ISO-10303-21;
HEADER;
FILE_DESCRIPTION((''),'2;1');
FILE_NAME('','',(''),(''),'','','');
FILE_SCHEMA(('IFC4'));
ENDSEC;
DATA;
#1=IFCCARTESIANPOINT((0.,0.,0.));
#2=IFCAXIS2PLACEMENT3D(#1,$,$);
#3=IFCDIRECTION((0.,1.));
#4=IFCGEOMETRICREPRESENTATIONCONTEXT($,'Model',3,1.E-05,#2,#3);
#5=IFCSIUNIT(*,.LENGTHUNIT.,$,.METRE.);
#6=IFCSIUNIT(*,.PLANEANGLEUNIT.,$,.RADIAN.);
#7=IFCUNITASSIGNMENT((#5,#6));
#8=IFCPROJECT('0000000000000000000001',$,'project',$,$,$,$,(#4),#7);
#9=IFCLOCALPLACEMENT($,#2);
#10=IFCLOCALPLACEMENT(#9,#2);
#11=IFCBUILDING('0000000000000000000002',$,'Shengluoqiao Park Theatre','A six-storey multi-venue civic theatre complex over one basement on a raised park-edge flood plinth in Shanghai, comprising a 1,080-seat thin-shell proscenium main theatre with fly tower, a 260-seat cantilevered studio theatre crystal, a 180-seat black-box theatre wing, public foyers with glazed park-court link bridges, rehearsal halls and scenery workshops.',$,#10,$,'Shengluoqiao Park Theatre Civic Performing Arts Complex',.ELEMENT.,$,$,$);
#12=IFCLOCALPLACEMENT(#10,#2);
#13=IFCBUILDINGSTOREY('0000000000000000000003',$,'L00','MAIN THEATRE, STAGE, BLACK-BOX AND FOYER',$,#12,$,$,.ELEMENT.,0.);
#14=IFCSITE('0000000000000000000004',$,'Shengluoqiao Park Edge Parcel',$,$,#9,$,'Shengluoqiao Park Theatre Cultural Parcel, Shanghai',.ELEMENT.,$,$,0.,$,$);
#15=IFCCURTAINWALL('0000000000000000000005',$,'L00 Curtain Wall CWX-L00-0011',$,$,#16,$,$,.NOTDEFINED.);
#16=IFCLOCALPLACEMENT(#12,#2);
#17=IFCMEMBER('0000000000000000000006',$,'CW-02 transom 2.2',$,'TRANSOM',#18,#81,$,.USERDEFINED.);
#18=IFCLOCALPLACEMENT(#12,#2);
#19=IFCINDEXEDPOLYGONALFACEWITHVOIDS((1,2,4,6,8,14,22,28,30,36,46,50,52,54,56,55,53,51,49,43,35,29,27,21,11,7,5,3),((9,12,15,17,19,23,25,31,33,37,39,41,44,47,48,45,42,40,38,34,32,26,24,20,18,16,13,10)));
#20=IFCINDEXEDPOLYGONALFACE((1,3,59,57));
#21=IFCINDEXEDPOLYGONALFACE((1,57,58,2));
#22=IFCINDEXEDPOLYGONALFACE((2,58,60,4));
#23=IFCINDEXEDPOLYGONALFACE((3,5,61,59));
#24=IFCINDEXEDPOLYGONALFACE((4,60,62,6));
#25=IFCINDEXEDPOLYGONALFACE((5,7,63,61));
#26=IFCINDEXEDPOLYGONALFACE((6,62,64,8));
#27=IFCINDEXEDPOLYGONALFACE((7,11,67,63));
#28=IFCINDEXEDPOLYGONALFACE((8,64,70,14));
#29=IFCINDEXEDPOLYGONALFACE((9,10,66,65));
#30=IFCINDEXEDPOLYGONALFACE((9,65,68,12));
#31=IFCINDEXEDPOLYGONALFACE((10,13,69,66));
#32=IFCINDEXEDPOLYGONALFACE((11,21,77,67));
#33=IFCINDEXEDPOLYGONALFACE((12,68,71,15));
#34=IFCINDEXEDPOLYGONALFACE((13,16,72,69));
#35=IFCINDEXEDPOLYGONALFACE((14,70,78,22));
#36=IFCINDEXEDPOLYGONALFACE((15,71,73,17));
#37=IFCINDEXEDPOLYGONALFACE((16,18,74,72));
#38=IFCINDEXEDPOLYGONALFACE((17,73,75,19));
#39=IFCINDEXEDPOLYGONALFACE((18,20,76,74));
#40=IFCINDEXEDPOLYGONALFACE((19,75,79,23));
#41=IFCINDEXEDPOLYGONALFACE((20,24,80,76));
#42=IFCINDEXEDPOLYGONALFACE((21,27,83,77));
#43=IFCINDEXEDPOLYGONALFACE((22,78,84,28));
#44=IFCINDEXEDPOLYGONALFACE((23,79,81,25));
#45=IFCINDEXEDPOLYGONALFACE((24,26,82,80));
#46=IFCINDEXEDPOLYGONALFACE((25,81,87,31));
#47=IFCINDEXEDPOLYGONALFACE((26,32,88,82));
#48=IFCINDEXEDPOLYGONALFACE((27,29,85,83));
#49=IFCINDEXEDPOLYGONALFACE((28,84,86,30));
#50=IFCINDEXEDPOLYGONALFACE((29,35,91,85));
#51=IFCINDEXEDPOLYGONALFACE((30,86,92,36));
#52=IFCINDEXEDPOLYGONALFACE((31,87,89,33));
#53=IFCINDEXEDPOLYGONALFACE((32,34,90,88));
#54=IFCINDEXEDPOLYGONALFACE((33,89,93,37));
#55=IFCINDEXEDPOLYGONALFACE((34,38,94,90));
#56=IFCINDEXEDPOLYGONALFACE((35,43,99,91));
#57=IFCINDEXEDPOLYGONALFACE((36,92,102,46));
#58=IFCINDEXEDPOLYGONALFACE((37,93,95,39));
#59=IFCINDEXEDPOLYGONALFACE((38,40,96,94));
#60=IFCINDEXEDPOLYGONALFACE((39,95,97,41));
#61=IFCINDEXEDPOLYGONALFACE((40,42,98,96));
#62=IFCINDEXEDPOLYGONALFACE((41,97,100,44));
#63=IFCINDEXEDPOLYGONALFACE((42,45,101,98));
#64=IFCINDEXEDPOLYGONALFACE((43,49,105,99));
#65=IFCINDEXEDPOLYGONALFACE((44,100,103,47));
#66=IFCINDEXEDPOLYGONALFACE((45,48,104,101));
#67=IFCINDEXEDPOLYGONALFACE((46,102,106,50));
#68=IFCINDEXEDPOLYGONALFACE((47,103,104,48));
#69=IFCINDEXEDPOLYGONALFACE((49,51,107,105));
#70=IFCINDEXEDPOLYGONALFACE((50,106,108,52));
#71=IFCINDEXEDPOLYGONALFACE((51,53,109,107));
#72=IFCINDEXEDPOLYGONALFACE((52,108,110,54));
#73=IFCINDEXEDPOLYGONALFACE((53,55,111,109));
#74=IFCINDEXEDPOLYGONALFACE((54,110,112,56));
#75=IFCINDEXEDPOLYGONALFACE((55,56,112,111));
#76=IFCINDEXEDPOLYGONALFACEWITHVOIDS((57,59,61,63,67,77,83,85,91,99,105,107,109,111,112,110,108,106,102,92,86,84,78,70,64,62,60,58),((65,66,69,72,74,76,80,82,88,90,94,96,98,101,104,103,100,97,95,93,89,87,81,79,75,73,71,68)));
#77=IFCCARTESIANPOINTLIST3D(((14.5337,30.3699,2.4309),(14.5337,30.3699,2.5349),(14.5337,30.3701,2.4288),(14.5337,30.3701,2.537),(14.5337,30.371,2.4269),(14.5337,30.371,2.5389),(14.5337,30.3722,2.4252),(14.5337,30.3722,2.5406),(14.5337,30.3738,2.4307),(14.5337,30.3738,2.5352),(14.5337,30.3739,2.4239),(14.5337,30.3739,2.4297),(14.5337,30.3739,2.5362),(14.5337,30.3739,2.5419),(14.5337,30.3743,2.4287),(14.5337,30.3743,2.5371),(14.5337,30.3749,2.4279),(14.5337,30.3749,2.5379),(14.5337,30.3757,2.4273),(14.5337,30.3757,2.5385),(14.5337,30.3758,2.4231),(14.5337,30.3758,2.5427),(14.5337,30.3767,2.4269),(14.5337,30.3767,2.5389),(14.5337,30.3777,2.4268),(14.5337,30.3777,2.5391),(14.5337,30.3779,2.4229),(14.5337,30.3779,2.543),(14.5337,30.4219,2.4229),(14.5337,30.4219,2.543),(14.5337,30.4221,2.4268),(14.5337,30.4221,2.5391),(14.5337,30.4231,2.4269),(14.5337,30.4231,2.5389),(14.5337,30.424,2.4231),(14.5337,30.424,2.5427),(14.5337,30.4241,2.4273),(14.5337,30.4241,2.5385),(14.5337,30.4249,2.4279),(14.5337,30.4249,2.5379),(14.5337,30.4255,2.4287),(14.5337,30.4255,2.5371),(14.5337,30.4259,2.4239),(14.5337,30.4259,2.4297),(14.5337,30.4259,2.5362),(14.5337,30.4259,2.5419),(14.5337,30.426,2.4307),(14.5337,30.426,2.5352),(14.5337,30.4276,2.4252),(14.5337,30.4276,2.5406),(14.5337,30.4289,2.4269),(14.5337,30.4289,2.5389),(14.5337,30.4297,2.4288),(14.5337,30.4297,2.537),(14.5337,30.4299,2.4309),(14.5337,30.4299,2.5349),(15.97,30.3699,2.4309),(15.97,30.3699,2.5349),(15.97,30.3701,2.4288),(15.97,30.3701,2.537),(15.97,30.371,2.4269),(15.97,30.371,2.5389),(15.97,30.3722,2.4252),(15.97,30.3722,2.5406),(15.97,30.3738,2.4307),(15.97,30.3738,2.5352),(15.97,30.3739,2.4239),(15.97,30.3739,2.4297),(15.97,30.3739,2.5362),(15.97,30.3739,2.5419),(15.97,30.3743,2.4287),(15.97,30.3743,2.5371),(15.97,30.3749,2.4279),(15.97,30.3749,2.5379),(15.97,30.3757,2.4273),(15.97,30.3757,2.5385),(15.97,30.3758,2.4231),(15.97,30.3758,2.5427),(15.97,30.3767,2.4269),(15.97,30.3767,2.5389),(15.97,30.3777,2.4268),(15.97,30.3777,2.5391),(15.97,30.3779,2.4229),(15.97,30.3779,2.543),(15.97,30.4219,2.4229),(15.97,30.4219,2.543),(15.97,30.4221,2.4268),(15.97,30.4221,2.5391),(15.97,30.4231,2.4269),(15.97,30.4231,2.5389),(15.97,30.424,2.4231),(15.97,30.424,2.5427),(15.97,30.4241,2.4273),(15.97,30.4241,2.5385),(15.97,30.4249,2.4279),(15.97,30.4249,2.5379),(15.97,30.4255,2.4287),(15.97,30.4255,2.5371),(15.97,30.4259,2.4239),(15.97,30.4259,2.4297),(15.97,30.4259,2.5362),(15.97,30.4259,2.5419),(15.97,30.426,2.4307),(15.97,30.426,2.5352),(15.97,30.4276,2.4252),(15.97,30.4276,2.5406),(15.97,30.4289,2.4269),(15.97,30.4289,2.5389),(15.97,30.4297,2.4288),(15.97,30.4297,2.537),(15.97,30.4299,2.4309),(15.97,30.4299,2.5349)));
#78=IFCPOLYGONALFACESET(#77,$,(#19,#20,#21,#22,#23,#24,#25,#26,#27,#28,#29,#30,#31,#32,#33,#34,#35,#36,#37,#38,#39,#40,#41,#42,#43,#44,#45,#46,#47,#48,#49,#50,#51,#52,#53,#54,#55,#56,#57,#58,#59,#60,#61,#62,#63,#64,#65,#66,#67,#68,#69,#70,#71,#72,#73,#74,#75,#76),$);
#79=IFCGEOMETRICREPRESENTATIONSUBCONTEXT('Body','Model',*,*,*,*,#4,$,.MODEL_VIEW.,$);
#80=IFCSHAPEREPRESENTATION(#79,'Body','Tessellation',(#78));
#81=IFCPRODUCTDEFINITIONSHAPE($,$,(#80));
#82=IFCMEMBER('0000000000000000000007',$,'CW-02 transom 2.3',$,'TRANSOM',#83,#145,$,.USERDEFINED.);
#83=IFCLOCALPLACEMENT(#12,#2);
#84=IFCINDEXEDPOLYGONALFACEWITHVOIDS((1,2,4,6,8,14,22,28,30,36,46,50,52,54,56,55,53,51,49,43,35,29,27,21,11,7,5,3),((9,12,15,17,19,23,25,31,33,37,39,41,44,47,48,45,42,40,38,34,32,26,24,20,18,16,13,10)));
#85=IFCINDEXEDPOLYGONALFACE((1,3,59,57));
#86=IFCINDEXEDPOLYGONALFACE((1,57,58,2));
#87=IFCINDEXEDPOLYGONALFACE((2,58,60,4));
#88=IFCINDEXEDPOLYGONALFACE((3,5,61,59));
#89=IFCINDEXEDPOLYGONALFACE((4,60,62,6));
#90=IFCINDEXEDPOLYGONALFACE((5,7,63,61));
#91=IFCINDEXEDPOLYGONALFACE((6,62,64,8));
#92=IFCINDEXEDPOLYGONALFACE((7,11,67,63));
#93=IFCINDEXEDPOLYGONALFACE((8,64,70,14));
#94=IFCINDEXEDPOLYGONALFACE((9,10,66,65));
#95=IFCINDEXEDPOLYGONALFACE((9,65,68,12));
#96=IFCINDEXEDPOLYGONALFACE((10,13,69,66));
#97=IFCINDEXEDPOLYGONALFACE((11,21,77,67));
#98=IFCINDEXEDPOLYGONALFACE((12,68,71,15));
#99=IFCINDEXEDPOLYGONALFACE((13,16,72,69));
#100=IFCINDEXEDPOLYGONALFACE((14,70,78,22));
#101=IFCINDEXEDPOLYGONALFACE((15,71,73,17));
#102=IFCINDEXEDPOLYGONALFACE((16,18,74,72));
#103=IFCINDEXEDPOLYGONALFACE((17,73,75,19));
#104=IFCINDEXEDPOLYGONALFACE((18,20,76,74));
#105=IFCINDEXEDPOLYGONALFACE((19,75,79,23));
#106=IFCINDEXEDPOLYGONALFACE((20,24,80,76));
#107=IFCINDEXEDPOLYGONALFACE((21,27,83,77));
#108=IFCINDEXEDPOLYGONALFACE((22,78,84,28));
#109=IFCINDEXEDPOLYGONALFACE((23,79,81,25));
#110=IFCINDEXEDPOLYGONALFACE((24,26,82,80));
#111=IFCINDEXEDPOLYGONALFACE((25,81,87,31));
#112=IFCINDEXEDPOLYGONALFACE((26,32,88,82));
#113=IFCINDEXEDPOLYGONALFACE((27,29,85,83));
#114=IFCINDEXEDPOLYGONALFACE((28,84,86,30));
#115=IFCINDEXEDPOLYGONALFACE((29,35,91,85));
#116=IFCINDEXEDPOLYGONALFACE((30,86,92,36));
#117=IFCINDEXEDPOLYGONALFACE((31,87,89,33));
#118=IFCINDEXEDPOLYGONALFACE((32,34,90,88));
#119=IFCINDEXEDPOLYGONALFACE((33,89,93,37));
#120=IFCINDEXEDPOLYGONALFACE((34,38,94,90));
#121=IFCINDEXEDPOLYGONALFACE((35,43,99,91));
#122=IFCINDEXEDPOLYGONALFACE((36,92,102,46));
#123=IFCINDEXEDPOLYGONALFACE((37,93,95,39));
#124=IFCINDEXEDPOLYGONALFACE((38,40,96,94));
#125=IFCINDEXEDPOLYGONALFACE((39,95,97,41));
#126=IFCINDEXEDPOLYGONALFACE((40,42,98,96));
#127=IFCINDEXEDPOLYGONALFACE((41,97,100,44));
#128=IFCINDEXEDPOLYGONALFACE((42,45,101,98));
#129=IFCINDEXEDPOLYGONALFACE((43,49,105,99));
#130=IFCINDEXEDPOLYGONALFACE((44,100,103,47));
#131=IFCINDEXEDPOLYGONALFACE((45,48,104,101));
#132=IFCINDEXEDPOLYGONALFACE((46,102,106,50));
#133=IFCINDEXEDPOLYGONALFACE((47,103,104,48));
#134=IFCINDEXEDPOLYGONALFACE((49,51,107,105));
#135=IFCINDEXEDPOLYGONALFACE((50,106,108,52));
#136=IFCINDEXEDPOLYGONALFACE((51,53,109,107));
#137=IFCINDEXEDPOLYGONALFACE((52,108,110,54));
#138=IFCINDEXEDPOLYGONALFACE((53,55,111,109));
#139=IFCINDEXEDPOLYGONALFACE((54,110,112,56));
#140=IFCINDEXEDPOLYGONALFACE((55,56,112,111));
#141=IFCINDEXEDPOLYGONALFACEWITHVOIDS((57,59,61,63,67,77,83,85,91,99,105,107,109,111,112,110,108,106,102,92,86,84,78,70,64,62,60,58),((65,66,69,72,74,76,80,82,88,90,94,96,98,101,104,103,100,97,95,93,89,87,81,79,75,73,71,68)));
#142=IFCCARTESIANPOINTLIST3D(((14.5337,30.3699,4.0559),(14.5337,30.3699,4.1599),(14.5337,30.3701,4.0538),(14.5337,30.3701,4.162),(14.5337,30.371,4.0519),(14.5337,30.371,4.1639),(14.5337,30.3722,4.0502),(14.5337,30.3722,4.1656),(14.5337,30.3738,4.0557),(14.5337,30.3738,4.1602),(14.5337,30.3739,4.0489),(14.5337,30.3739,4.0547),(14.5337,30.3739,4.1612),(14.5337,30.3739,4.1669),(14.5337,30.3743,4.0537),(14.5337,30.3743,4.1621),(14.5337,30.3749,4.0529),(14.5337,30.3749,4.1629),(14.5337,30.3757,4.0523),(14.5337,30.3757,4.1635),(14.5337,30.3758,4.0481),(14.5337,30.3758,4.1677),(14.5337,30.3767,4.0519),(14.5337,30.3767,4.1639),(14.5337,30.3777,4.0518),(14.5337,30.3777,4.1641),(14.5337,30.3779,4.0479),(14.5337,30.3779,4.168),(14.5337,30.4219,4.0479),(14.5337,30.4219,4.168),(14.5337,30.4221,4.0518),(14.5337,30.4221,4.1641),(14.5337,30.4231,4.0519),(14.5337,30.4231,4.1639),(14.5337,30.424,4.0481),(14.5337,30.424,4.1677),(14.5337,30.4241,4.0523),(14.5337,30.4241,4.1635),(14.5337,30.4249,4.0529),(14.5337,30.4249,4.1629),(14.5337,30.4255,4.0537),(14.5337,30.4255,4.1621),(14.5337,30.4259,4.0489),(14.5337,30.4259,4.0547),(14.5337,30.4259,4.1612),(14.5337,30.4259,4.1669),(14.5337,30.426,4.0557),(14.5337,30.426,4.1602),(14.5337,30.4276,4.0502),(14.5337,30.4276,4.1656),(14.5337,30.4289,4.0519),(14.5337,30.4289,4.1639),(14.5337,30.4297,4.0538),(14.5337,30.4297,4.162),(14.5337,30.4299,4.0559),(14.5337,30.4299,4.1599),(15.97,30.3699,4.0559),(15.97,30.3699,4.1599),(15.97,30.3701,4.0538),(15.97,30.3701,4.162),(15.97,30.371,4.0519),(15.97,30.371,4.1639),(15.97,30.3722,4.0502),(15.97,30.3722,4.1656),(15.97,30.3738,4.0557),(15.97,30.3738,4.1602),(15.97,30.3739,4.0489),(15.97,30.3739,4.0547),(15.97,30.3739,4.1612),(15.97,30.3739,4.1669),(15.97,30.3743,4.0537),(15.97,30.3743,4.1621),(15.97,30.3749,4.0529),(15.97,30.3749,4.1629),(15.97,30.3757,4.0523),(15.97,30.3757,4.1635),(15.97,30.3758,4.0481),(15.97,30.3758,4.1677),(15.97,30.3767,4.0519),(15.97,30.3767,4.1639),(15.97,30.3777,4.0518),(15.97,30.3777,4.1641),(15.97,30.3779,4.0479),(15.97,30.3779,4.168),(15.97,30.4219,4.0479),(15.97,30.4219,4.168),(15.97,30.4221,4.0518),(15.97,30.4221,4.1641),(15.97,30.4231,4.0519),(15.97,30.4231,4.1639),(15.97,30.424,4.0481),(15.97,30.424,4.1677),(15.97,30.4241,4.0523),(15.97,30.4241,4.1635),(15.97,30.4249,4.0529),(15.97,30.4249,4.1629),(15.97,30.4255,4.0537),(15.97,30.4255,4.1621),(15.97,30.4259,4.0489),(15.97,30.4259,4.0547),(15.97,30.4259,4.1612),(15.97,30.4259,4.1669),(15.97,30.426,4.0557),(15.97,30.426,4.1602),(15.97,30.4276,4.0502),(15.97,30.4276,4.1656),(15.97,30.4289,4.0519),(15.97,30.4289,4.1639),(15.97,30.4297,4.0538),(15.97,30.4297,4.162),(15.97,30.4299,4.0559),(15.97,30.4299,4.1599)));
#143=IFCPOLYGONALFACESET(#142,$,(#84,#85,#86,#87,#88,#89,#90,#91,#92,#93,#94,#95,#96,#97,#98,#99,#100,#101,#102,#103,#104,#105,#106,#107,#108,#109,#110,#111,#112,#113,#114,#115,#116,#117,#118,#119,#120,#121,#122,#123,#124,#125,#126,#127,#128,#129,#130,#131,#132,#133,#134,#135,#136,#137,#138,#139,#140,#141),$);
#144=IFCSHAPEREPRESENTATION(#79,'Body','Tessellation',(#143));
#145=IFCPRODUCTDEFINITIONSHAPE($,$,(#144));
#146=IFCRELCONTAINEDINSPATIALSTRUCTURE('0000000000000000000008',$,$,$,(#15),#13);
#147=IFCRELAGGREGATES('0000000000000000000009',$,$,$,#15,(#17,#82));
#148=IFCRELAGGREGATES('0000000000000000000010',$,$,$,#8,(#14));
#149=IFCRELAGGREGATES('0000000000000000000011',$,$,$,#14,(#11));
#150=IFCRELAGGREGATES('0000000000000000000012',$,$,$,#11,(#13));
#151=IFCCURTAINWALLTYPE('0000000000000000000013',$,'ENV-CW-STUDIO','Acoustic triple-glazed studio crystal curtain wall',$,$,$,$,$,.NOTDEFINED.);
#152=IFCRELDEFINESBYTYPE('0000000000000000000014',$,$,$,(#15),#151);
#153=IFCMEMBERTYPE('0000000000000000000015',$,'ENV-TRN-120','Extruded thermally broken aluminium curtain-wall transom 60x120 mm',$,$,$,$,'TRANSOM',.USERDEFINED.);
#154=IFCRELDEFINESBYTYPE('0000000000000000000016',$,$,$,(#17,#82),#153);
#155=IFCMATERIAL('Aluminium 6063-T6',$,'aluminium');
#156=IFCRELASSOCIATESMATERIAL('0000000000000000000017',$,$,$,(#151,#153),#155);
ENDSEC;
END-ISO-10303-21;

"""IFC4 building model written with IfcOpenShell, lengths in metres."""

from ifc_helpers import new_model, si_unit, direction, frame, origin, origin_2d, place, context, subcontext, project, spatial, hollow_rectangle, extrude, material, material_profile, profile_set, type_object, element, aggregate, save


model = new_model("IFC4")

# Units and contexts
model_context = context("Model", 3, precision=1e-05, world=origin(), true_north=direction((0.0, 1.0)))
body_context = subcontext(model_context, "Body", "Model", "MODEL_VIEW")
ifc_project = project(units=[si_unit("LENGTHUNIT", "METRE"), si_unit("PLANEANGLEUNIT", "RADIAN")], contexts=[model_context])

# Site, building, storey
site_placement = place(None, origin())
site = spatial("IfcSite", under=ifc_project, at=site_placement, Name="Shengluoqiao Park Edge Parcel", LongName="Shengluoqiao Park Theatre Cultural Parcel, Shanghai", CompositionType="ELEMENT", RefElevation=0.0)
building_placement = place(site_placement, origin())
building = spatial("IfcBuilding", under=site, at=building_placement, Name="Shengluoqiao Park Theatre", Description="A six-storey multi-venue civic theatre complex over one basement on a raised park-edge flood plinth in Shanghai, comprising a 1,080-seat thin-shell proscenium main theatre with fly tower, a 260-seat cantilevered studio theatre crystal, a 180-seat black-box theatre wing, public foyers with glazed park-court link bridges, rehearsal halls and scenery workshops.", LongName="Shengluoqiao Park Theatre Civic Performing Arts Complex", CompositionType="ELEMENT")
storey_placement = place(building_placement, origin())
storey = spatial("IfcBuildingStorey", under=building, at=storey_placement, Name="L00", Description="MAIN THEATRE, STAGE, BLACK-BOX AND FOYER", CompositionType="ELEMENT", Elevation=0.0)

# Curtain wall, members
ifc_material_1 = material(Name="Aluminium 6063-T6", Category="aluminium")
curtain_wall_type = type_object("IfcCurtainWallType", Name="ENV-CW-STUDIO", Description="Acoustic triple-glazed studio crystal curtain wall", PredefinedType="NOTDEFINED", material=ifc_material_1)
curtain_wall_placement = place(storey_placement, origin())
curtain_wall = element("IfcCurtainWall", 1, at=curtain_wall_placement, inside=storey, type_object=curtain_wall_type, Name="L00 Curtain Wall CWX-L00-0011", PredefinedType="NOTDEFINED")
ifc_material_profile_1 = material_profile(ifc_material_1, hollow_rectangle(XDim=0.0601, YDim=0.1201, WallThickness=0.0039, InnerFilletRadius=0.0039, OuterFilletRadius=0.0081, at=origin_2d()), Name="ALU TRANSOM 120x60x4")
ifc_profile_set_1 = profile_set([ifc_material_profile_1], Name="Aluminium 6063-T6")
member_type_1 = type_object("IfcMemberType", Name="ENV-TRN-120", Description="Extruded thermally broken aluminium curtain-wall transom 60x120 mm", ElementType="TRANSOM", PredefinedType="USERDEFINED", material=ifc_profile_set_1)
member_1_placement = place(storey_placement, frame((14.5337, 30.3999, 2.4829), z_axis=(1.0, 0.0, 0.0), x_axis=(0.0, 1.0, 0.0)))
member_1 = element("IfcMember", 2, at=member_1_placement, type_object=member_type_1, Name="CW-02 transom 2.2", ObjectType="TRANSOM", PredefinedType="USERDEFINED", context=body_context, shape_type="SweptSolid", body=[
    extrude(hollow_rectangle(XDim=0.0601, YDim=0.1201, WallThickness=0.0039, InnerFilletRadius=0.0039, OuterFilletRadius=0.0081, at=origin_2d()), origin(), (0.0, 0.0, 1.0), 1.4363),
])
member_2_placement = place(storey_placement, frame((14.5337, 30.3999, 4.1079), z_axis=(1.0, 0.0, 0.0), x_axis=(0.0, 1.0, 0.0)))
member_2 = element("IfcMember", 3, at=member_2_placement, type_object=member_type_1, Name="CW-02 transom 2.3", ObjectType="TRANSOM", PredefinedType="USERDEFINED", context=body_context, shape_type="SweptSolid", body=[
    extrude(hollow_rectangle(XDim=0.0601, YDim=0.1201, WallThickness=0.0039, InnerFilletRadius=0.0039, OuterFilletRadius=0.0081, at=origin_2d()), origin(), (0.0, 0.0, 1.0), 1.4363),
])
aggregate(curtain_wall, [member_1, member_2])

save(model, "model.ifc")
